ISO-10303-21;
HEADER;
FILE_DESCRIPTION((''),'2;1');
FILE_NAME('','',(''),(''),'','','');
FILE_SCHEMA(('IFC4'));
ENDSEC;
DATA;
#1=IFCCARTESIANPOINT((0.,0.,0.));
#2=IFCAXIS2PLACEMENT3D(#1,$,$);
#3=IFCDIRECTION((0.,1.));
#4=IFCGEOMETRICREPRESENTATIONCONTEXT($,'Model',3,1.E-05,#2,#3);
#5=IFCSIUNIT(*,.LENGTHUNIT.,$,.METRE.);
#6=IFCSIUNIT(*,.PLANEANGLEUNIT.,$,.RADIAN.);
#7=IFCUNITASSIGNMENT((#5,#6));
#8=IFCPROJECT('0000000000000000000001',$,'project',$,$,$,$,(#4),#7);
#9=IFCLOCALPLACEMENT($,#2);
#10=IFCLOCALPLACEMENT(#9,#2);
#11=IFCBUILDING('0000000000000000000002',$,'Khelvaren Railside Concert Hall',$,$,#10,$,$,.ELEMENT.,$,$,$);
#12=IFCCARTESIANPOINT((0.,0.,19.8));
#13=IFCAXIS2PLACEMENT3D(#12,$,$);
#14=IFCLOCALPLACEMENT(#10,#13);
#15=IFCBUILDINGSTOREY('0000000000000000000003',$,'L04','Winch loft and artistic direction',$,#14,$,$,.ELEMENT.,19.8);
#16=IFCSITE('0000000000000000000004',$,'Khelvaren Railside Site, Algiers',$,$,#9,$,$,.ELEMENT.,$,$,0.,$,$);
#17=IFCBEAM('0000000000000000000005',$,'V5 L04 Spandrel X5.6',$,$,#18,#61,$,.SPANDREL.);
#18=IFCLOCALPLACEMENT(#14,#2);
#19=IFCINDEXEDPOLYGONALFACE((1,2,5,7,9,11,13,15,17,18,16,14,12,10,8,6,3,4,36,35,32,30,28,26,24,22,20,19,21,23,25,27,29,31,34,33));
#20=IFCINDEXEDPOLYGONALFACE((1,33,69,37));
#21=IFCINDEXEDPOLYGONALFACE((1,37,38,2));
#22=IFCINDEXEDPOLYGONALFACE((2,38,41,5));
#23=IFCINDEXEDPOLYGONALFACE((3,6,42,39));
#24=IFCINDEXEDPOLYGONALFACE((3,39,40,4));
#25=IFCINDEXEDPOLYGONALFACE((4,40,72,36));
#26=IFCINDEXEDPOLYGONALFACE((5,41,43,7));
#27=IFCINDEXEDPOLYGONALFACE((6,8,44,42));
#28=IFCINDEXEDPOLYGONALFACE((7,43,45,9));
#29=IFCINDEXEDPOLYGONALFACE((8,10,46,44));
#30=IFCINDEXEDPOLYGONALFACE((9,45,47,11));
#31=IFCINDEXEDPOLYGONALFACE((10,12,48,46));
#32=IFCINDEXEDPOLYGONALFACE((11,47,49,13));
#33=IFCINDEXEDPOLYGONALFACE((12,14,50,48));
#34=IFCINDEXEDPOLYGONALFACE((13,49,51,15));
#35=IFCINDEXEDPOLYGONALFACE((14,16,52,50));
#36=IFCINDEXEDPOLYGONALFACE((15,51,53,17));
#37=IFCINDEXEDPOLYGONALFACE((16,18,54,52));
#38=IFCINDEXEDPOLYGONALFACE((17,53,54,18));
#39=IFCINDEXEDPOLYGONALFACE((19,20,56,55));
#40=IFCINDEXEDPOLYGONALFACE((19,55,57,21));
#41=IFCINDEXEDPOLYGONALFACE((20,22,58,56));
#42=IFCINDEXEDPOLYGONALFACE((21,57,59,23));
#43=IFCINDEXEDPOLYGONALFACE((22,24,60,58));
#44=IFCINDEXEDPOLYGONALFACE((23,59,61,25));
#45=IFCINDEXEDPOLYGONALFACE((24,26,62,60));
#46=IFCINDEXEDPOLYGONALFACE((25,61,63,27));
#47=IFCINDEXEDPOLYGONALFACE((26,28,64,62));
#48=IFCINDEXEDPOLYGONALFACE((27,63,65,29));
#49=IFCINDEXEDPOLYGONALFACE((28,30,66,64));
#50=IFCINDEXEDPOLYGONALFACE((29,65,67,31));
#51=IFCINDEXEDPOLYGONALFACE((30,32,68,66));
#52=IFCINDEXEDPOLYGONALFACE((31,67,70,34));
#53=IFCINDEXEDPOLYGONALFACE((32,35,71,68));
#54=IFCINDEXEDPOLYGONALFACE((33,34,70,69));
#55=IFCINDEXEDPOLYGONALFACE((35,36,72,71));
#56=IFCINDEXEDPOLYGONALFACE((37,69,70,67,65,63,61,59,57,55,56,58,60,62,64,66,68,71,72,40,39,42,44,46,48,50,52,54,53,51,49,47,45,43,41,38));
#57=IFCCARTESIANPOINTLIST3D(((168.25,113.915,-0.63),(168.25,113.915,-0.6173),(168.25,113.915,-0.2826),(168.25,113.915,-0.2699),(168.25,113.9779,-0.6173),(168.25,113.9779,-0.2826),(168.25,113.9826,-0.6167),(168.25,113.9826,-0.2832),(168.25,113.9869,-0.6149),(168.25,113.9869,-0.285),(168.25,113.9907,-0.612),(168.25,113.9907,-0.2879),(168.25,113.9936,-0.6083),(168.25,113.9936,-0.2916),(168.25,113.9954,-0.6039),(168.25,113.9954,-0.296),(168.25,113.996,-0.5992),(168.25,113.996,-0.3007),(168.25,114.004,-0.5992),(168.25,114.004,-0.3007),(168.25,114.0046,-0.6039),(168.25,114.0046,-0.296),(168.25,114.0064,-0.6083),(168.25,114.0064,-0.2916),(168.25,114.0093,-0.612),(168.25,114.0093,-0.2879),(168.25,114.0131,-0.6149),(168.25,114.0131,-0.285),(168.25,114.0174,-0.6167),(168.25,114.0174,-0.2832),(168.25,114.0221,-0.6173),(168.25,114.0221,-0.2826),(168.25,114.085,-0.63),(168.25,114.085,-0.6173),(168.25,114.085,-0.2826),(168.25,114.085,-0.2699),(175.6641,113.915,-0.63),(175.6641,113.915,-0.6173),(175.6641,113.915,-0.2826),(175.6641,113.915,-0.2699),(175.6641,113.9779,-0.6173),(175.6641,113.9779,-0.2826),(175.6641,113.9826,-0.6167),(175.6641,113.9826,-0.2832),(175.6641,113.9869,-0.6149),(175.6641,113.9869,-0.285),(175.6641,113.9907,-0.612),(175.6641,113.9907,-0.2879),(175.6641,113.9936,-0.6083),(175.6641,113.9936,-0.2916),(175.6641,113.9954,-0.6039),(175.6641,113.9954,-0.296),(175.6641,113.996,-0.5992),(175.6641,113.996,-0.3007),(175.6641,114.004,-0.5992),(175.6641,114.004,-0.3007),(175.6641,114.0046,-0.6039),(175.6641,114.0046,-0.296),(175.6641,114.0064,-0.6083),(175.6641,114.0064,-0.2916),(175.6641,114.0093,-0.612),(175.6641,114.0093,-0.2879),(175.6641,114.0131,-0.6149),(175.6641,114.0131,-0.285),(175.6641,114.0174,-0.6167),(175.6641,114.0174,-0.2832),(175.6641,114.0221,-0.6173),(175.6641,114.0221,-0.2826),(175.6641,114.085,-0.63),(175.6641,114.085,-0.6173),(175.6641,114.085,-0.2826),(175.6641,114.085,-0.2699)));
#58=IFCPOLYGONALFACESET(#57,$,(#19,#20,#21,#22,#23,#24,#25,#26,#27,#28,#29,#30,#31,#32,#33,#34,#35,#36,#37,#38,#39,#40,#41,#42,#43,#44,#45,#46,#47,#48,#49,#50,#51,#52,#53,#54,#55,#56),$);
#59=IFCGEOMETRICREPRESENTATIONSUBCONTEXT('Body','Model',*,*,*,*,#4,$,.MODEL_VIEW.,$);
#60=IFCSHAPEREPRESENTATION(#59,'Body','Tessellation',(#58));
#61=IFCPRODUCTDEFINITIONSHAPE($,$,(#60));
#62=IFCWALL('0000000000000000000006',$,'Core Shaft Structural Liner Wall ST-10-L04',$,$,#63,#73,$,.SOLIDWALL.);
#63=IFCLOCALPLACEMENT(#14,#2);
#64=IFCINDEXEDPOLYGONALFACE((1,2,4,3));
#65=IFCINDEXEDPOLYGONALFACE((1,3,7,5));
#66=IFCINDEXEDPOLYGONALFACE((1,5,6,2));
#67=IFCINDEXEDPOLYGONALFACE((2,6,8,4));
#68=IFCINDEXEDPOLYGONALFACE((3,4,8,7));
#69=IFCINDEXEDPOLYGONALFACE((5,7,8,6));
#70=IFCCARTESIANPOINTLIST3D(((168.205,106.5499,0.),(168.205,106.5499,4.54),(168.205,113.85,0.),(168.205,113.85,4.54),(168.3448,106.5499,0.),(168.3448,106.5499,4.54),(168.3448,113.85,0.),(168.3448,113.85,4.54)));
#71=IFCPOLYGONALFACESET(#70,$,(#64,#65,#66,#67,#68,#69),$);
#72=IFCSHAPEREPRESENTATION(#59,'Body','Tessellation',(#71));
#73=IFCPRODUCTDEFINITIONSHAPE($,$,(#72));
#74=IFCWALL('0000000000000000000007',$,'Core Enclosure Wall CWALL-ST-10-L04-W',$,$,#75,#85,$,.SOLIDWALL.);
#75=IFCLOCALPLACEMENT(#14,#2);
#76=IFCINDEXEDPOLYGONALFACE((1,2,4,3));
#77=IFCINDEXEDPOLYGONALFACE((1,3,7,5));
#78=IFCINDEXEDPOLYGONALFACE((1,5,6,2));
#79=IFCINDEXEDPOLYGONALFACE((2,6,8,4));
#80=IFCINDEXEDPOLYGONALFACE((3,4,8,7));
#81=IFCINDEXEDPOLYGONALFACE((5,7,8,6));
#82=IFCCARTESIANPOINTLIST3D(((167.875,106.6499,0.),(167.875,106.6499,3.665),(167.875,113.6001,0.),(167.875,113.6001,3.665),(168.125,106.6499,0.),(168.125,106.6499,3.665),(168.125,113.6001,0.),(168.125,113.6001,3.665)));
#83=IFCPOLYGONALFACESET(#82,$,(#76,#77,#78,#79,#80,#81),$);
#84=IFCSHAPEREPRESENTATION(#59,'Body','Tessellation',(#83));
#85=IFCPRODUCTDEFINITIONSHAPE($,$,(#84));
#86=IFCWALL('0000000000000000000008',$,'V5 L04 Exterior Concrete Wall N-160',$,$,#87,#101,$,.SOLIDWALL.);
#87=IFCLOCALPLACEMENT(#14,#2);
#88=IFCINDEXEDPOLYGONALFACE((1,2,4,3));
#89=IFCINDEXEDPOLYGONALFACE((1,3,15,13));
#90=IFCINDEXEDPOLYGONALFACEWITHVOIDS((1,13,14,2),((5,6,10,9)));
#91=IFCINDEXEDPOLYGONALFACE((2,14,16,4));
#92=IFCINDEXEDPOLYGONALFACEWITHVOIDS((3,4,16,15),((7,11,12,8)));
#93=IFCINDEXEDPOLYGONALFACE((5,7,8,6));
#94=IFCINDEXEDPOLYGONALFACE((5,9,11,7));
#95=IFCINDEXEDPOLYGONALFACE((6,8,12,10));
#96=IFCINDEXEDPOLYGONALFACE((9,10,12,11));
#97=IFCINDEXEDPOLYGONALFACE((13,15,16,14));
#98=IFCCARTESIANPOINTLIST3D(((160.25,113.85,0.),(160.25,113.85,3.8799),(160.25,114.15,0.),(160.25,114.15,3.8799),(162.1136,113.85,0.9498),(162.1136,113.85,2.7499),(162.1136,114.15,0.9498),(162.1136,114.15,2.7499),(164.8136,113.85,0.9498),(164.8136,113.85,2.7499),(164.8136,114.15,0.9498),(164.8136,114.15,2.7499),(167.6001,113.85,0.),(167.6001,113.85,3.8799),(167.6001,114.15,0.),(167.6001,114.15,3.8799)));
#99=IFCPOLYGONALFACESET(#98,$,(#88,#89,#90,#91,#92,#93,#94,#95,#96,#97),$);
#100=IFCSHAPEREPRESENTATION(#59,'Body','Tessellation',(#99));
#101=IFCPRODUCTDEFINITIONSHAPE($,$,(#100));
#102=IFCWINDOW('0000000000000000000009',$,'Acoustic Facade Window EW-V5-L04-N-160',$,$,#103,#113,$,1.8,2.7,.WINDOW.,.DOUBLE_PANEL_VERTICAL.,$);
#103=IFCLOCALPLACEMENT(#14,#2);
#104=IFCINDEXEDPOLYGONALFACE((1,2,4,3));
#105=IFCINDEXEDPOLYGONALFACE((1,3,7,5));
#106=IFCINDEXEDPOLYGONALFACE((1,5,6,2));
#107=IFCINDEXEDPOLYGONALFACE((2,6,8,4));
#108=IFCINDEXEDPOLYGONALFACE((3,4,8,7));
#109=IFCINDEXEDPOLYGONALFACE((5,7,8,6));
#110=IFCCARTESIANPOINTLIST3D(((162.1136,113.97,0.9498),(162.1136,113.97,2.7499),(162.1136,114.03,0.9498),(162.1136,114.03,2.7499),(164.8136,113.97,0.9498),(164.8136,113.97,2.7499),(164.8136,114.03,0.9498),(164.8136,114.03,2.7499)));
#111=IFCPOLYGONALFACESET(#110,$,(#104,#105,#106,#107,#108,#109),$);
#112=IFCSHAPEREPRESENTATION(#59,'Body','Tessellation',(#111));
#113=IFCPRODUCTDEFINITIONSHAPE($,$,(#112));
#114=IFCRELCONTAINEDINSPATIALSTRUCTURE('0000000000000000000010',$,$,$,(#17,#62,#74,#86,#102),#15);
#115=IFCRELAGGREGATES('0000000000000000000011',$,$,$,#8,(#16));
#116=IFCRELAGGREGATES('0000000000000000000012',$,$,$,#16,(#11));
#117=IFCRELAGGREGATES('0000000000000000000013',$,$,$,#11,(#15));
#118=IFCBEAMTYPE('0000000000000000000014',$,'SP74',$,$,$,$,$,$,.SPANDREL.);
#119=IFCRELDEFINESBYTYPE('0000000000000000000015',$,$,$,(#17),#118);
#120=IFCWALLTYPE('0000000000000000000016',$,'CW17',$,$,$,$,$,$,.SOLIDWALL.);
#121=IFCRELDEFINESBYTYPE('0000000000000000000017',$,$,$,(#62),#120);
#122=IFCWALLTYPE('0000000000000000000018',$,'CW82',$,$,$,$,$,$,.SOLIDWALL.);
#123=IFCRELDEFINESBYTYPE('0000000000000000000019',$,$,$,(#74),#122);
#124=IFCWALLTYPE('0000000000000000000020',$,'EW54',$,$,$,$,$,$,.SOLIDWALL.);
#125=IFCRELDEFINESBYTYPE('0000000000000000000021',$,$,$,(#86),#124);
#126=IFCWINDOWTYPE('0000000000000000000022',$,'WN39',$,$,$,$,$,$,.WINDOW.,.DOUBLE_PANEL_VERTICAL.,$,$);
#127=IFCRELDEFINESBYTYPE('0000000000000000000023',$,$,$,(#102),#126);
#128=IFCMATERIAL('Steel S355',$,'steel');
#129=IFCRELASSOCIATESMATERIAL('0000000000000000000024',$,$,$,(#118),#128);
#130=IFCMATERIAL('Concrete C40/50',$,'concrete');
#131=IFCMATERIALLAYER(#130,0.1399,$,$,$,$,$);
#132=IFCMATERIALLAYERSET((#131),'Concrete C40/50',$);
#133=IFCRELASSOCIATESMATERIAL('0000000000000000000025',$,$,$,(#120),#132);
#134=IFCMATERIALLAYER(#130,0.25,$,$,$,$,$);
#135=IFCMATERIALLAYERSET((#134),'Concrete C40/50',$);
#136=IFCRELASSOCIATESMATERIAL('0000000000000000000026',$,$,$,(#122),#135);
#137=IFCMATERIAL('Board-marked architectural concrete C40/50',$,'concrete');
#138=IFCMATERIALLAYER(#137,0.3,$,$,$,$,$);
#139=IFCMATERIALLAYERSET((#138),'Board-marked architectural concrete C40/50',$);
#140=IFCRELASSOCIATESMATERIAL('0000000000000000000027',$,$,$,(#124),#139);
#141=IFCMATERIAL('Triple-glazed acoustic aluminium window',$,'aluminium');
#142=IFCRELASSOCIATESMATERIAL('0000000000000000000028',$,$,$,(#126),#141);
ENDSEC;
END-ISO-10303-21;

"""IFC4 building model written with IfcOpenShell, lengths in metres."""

from ifc_helpers import new_model, si_unit, direction, frame, frame_2d, origin, origin_2d, place, context, subcontext, project, spatial, rectangle, i_section, extrude, material, layer, layer_set, material_profile, profile_set, type_object, element, fill, save


model = new_model("IFC4")

# Units and contexts
model_context = context("Model", 3, precision=1e-05, world=origin(), true_north=direction((0.0, 1.0)))
body_context = subcontext(model_context, "Body", "Model", "MODEL_VIEW")
ifc_project = project(units=[si_unit("LENGTHUNIT", "METRE"), si_unit("PLANEANGLEUNIT", "RADIAN")], contexts=[model_context])

# Site, building, storey
site_placement = place(None, origin())
site = spatial("IfcSite", under=ifc_project, at=site_placement, Name="Khelvaren Railside Site, Algiers", CompositionType="ELEMENT", RefElevation=0.0)
building_placement = place(site_placement, origin())
building = spatial("IfcBuilding", under=site, at=building_placement, Name="Khelvaren Railside Concert Hall", CompositionType="ELEMENT")
storey_placement = place(building_placement, frame((0.0, 0.0, 19.8)))
storey = spatial("IfcBuildingStorey", under=building, at=storey_placement, Name="L04", Description="Winch loft and artistic direction", CompositionType="ELEMENT", Elevation=19.8)

# Beam
ifc_material_1 = material(Name="Steel S355", Category="steel")
ifc_material_profile_1 = material_profile(ifc_material_1, i_section(OverallWidth=0.1699, OverallDepth=0.3601, WebThickness=0.0081, FlangeThickness=0.0127, FilletRadius=0.0181, at=origin_2d()), Name="IPE 360")
ifc_profile_set_1 = profile_set([ifc_material_profile_1], Name="Steel S355")
beam_type_1 = type_object("IfcBeamType", Name="SP74", PredefinedType="SPANDREL", material=ifc_profile_set_1)
beam_1_placement = place(storey_placement, frame((168.25, 114.0, -0.45), z_axis=(1.0, 0.0, 0.0), x_axis=(0.0, 1.0, 0.0)))
element("IfcBeam", 1, at=beam_1_placement, inside=storey, type_object=beam_type_1, Name="V5 L04 Spandrel X5.6", PredefinedType="SPANDREL", context=body_context, shape_type="SweptSolid", body=[
    extrude(i_section(OverallWidth=0.1699, OverallDepth=0.3601, WebThickness=0.0081, FlangeThickness=0.0127, FilletRadius=0.0181, at=origin_2d()), origin(), (0.0, 0.0, 1.0), 7.4141),
])

# Walls
ifc_material_2 = material(Name="Concrete C40/50", Category="concrete")
ifc_layer_1 = layer(ifc_material_2, 0.1399)
ifc_layer_set_1 = layer_set([ifc_layer_1], Name="Concrete C40/50")
wall_type_1 = type_object("IfcWallType", Name="CW17", PredefinedType="SOLIDWALL", material=ifc_layer_set_1)
wall_1_placement = place(storey_placement, frame((168.2749, 106.55, 0.0), z_axis=(0.0, 0.0, 1.0), x_axis=(0.0, 1.0, 0.0)))
element("IfcWall", 2, at=wall_1_placement, inside=storey, type_object=wall_type_1, Name="Core Shaft Structural Liner Wall ST-10-L04", PredefinedType="SOLIDWALL", context=body_context, shape_type="SweptSolid", body=[
    extrude(rectangle(XDim=7.3, YDim=0.1399, at=frame_2d((3.6499, 0.0))), origin(), (0.0, 0.0, 1.0), 4.54),
])
ifc_layer_2 = layer(ifc_material_2, 0.25)
ifc_layer_set_2 = layer_set([ifc_layer_2], Name="Concrete C40/50")
wall_type_2 = type_object("IfcWallType", Name="CW82", PredefinedType="SOLIDWALL", material=ifc_layer_set_2)
wall_2_placement = place(storey_placement, frame((168.0, 106.6499, 0.0), z_axis=(0.0, 0.0, 1.0), x_axis=(0.0, 1.0, 0.0)))
element("IfcWall", 3, at=wall_2_placement, inside=storey, type_object=wall_type_2, Name="Core Enclosure Wall CWALL-ST-10-L04-W", PredefinedType="SOLIDWALL", context=body_context, shape_type="SweptSolid", body=[
    extrude(rectangle(XDim=6.9502, YDim=0.25, at=frame_2d((3.4751, 0.0))), origin(), (0.0, 0.0, 1.0), 3.665),
])

# Wall, opening, window
ifc_material_3 = material(Name="Board-marked architectural concrete C40/50", Category="concrete")
ifc_layer_3 = layer(ifc_material_3, 0.3)
ifc_layer_set_3 = layer_set([ifc_layer_3], Name="Board-marked architectural concrete C40/50")
wall_type_3 = type_object("IfcWallType", Name="EW54", PredefinedType="SOLIDWALL", material=ifc_layer_set_3)
wall_3_placement = place(storey_placement, frame((160.25, 114.0, 0.0), z_axis=(0.0, 0.0, 1.0), x_axis=(1.0, 0.0, 0.0)))
wall_3 = element("IfcWall", 4, at=wall_3_placement, inside=storey, type_object=wall_type_3, Name="V5 L04 Exterior Concrete Wall N-160", PredefinedType="SOLIDWALL", context=body_context, shape_type="SweptSolid", body=[
    extrude(rectangle(XDim=7.3501, YDim=0.3, at=frame_2d((3.675, 0.0))), origin(), (0.0, 0.0, 1.0), 3.8799),
])
opening_placement = place(wall_3_placement, frame((1.8635, 0.0, 0.95)))
opening = element("IfcOpeningElement", 5, at=opening_placement, cuts=wall_3, PredefinedType="OPENING", context=body_context, shape_type="SweptSolid", body=[
    extrude(rectangle(XDim=2.7, YDim=1.8, at=frame_2d((1.3501, 0.8999))), frame((0.0, 0.1599, 0.0), z_axis=(0.0, -1.0, 0.0), x_axis=(1.0, 0.0, 0.0)), (0.0, 0.0, 1.0), 0.3201),
])
ifc_material_4 = material(Name="Triple-glazed acoustic aluminium window", Category="aluminium")
window_type = type_object("IfcWindowType", Name="WN39", PartitioningType="DOUBLE_PANEL_VERTICAL", PredefinedType="WINDOW", material=ifc_material_4)
window_placement = place(opening_placement, origin())
window = element("IfcWindow", 6, at=window_placement, inside=storey, type_object=window_type, Name="Acoustic Facade Window EW-V5-L04-N-160", OverallHeight=1.8, OverallWidth=2.7, PartitioningType="DOUBLE_PANEL_VERTICAL", PredefinedType="WINDOW", context=body_context, shape_type="SweptSolid", body=[
    extrude(rectangle(XDim=2.7, YDim=1.8, at=frame_2d((1.3501, 0.8999))), frame((0.0, 0.03, 0.0), z_axis=(0.0, -1.0, 0.0), x_axis=(1.0, 0.0, 0.0)), (0.0, 0.0, 1.0), 0.0601),
])
fill(opening, window)

save(model, "model.ifc")
